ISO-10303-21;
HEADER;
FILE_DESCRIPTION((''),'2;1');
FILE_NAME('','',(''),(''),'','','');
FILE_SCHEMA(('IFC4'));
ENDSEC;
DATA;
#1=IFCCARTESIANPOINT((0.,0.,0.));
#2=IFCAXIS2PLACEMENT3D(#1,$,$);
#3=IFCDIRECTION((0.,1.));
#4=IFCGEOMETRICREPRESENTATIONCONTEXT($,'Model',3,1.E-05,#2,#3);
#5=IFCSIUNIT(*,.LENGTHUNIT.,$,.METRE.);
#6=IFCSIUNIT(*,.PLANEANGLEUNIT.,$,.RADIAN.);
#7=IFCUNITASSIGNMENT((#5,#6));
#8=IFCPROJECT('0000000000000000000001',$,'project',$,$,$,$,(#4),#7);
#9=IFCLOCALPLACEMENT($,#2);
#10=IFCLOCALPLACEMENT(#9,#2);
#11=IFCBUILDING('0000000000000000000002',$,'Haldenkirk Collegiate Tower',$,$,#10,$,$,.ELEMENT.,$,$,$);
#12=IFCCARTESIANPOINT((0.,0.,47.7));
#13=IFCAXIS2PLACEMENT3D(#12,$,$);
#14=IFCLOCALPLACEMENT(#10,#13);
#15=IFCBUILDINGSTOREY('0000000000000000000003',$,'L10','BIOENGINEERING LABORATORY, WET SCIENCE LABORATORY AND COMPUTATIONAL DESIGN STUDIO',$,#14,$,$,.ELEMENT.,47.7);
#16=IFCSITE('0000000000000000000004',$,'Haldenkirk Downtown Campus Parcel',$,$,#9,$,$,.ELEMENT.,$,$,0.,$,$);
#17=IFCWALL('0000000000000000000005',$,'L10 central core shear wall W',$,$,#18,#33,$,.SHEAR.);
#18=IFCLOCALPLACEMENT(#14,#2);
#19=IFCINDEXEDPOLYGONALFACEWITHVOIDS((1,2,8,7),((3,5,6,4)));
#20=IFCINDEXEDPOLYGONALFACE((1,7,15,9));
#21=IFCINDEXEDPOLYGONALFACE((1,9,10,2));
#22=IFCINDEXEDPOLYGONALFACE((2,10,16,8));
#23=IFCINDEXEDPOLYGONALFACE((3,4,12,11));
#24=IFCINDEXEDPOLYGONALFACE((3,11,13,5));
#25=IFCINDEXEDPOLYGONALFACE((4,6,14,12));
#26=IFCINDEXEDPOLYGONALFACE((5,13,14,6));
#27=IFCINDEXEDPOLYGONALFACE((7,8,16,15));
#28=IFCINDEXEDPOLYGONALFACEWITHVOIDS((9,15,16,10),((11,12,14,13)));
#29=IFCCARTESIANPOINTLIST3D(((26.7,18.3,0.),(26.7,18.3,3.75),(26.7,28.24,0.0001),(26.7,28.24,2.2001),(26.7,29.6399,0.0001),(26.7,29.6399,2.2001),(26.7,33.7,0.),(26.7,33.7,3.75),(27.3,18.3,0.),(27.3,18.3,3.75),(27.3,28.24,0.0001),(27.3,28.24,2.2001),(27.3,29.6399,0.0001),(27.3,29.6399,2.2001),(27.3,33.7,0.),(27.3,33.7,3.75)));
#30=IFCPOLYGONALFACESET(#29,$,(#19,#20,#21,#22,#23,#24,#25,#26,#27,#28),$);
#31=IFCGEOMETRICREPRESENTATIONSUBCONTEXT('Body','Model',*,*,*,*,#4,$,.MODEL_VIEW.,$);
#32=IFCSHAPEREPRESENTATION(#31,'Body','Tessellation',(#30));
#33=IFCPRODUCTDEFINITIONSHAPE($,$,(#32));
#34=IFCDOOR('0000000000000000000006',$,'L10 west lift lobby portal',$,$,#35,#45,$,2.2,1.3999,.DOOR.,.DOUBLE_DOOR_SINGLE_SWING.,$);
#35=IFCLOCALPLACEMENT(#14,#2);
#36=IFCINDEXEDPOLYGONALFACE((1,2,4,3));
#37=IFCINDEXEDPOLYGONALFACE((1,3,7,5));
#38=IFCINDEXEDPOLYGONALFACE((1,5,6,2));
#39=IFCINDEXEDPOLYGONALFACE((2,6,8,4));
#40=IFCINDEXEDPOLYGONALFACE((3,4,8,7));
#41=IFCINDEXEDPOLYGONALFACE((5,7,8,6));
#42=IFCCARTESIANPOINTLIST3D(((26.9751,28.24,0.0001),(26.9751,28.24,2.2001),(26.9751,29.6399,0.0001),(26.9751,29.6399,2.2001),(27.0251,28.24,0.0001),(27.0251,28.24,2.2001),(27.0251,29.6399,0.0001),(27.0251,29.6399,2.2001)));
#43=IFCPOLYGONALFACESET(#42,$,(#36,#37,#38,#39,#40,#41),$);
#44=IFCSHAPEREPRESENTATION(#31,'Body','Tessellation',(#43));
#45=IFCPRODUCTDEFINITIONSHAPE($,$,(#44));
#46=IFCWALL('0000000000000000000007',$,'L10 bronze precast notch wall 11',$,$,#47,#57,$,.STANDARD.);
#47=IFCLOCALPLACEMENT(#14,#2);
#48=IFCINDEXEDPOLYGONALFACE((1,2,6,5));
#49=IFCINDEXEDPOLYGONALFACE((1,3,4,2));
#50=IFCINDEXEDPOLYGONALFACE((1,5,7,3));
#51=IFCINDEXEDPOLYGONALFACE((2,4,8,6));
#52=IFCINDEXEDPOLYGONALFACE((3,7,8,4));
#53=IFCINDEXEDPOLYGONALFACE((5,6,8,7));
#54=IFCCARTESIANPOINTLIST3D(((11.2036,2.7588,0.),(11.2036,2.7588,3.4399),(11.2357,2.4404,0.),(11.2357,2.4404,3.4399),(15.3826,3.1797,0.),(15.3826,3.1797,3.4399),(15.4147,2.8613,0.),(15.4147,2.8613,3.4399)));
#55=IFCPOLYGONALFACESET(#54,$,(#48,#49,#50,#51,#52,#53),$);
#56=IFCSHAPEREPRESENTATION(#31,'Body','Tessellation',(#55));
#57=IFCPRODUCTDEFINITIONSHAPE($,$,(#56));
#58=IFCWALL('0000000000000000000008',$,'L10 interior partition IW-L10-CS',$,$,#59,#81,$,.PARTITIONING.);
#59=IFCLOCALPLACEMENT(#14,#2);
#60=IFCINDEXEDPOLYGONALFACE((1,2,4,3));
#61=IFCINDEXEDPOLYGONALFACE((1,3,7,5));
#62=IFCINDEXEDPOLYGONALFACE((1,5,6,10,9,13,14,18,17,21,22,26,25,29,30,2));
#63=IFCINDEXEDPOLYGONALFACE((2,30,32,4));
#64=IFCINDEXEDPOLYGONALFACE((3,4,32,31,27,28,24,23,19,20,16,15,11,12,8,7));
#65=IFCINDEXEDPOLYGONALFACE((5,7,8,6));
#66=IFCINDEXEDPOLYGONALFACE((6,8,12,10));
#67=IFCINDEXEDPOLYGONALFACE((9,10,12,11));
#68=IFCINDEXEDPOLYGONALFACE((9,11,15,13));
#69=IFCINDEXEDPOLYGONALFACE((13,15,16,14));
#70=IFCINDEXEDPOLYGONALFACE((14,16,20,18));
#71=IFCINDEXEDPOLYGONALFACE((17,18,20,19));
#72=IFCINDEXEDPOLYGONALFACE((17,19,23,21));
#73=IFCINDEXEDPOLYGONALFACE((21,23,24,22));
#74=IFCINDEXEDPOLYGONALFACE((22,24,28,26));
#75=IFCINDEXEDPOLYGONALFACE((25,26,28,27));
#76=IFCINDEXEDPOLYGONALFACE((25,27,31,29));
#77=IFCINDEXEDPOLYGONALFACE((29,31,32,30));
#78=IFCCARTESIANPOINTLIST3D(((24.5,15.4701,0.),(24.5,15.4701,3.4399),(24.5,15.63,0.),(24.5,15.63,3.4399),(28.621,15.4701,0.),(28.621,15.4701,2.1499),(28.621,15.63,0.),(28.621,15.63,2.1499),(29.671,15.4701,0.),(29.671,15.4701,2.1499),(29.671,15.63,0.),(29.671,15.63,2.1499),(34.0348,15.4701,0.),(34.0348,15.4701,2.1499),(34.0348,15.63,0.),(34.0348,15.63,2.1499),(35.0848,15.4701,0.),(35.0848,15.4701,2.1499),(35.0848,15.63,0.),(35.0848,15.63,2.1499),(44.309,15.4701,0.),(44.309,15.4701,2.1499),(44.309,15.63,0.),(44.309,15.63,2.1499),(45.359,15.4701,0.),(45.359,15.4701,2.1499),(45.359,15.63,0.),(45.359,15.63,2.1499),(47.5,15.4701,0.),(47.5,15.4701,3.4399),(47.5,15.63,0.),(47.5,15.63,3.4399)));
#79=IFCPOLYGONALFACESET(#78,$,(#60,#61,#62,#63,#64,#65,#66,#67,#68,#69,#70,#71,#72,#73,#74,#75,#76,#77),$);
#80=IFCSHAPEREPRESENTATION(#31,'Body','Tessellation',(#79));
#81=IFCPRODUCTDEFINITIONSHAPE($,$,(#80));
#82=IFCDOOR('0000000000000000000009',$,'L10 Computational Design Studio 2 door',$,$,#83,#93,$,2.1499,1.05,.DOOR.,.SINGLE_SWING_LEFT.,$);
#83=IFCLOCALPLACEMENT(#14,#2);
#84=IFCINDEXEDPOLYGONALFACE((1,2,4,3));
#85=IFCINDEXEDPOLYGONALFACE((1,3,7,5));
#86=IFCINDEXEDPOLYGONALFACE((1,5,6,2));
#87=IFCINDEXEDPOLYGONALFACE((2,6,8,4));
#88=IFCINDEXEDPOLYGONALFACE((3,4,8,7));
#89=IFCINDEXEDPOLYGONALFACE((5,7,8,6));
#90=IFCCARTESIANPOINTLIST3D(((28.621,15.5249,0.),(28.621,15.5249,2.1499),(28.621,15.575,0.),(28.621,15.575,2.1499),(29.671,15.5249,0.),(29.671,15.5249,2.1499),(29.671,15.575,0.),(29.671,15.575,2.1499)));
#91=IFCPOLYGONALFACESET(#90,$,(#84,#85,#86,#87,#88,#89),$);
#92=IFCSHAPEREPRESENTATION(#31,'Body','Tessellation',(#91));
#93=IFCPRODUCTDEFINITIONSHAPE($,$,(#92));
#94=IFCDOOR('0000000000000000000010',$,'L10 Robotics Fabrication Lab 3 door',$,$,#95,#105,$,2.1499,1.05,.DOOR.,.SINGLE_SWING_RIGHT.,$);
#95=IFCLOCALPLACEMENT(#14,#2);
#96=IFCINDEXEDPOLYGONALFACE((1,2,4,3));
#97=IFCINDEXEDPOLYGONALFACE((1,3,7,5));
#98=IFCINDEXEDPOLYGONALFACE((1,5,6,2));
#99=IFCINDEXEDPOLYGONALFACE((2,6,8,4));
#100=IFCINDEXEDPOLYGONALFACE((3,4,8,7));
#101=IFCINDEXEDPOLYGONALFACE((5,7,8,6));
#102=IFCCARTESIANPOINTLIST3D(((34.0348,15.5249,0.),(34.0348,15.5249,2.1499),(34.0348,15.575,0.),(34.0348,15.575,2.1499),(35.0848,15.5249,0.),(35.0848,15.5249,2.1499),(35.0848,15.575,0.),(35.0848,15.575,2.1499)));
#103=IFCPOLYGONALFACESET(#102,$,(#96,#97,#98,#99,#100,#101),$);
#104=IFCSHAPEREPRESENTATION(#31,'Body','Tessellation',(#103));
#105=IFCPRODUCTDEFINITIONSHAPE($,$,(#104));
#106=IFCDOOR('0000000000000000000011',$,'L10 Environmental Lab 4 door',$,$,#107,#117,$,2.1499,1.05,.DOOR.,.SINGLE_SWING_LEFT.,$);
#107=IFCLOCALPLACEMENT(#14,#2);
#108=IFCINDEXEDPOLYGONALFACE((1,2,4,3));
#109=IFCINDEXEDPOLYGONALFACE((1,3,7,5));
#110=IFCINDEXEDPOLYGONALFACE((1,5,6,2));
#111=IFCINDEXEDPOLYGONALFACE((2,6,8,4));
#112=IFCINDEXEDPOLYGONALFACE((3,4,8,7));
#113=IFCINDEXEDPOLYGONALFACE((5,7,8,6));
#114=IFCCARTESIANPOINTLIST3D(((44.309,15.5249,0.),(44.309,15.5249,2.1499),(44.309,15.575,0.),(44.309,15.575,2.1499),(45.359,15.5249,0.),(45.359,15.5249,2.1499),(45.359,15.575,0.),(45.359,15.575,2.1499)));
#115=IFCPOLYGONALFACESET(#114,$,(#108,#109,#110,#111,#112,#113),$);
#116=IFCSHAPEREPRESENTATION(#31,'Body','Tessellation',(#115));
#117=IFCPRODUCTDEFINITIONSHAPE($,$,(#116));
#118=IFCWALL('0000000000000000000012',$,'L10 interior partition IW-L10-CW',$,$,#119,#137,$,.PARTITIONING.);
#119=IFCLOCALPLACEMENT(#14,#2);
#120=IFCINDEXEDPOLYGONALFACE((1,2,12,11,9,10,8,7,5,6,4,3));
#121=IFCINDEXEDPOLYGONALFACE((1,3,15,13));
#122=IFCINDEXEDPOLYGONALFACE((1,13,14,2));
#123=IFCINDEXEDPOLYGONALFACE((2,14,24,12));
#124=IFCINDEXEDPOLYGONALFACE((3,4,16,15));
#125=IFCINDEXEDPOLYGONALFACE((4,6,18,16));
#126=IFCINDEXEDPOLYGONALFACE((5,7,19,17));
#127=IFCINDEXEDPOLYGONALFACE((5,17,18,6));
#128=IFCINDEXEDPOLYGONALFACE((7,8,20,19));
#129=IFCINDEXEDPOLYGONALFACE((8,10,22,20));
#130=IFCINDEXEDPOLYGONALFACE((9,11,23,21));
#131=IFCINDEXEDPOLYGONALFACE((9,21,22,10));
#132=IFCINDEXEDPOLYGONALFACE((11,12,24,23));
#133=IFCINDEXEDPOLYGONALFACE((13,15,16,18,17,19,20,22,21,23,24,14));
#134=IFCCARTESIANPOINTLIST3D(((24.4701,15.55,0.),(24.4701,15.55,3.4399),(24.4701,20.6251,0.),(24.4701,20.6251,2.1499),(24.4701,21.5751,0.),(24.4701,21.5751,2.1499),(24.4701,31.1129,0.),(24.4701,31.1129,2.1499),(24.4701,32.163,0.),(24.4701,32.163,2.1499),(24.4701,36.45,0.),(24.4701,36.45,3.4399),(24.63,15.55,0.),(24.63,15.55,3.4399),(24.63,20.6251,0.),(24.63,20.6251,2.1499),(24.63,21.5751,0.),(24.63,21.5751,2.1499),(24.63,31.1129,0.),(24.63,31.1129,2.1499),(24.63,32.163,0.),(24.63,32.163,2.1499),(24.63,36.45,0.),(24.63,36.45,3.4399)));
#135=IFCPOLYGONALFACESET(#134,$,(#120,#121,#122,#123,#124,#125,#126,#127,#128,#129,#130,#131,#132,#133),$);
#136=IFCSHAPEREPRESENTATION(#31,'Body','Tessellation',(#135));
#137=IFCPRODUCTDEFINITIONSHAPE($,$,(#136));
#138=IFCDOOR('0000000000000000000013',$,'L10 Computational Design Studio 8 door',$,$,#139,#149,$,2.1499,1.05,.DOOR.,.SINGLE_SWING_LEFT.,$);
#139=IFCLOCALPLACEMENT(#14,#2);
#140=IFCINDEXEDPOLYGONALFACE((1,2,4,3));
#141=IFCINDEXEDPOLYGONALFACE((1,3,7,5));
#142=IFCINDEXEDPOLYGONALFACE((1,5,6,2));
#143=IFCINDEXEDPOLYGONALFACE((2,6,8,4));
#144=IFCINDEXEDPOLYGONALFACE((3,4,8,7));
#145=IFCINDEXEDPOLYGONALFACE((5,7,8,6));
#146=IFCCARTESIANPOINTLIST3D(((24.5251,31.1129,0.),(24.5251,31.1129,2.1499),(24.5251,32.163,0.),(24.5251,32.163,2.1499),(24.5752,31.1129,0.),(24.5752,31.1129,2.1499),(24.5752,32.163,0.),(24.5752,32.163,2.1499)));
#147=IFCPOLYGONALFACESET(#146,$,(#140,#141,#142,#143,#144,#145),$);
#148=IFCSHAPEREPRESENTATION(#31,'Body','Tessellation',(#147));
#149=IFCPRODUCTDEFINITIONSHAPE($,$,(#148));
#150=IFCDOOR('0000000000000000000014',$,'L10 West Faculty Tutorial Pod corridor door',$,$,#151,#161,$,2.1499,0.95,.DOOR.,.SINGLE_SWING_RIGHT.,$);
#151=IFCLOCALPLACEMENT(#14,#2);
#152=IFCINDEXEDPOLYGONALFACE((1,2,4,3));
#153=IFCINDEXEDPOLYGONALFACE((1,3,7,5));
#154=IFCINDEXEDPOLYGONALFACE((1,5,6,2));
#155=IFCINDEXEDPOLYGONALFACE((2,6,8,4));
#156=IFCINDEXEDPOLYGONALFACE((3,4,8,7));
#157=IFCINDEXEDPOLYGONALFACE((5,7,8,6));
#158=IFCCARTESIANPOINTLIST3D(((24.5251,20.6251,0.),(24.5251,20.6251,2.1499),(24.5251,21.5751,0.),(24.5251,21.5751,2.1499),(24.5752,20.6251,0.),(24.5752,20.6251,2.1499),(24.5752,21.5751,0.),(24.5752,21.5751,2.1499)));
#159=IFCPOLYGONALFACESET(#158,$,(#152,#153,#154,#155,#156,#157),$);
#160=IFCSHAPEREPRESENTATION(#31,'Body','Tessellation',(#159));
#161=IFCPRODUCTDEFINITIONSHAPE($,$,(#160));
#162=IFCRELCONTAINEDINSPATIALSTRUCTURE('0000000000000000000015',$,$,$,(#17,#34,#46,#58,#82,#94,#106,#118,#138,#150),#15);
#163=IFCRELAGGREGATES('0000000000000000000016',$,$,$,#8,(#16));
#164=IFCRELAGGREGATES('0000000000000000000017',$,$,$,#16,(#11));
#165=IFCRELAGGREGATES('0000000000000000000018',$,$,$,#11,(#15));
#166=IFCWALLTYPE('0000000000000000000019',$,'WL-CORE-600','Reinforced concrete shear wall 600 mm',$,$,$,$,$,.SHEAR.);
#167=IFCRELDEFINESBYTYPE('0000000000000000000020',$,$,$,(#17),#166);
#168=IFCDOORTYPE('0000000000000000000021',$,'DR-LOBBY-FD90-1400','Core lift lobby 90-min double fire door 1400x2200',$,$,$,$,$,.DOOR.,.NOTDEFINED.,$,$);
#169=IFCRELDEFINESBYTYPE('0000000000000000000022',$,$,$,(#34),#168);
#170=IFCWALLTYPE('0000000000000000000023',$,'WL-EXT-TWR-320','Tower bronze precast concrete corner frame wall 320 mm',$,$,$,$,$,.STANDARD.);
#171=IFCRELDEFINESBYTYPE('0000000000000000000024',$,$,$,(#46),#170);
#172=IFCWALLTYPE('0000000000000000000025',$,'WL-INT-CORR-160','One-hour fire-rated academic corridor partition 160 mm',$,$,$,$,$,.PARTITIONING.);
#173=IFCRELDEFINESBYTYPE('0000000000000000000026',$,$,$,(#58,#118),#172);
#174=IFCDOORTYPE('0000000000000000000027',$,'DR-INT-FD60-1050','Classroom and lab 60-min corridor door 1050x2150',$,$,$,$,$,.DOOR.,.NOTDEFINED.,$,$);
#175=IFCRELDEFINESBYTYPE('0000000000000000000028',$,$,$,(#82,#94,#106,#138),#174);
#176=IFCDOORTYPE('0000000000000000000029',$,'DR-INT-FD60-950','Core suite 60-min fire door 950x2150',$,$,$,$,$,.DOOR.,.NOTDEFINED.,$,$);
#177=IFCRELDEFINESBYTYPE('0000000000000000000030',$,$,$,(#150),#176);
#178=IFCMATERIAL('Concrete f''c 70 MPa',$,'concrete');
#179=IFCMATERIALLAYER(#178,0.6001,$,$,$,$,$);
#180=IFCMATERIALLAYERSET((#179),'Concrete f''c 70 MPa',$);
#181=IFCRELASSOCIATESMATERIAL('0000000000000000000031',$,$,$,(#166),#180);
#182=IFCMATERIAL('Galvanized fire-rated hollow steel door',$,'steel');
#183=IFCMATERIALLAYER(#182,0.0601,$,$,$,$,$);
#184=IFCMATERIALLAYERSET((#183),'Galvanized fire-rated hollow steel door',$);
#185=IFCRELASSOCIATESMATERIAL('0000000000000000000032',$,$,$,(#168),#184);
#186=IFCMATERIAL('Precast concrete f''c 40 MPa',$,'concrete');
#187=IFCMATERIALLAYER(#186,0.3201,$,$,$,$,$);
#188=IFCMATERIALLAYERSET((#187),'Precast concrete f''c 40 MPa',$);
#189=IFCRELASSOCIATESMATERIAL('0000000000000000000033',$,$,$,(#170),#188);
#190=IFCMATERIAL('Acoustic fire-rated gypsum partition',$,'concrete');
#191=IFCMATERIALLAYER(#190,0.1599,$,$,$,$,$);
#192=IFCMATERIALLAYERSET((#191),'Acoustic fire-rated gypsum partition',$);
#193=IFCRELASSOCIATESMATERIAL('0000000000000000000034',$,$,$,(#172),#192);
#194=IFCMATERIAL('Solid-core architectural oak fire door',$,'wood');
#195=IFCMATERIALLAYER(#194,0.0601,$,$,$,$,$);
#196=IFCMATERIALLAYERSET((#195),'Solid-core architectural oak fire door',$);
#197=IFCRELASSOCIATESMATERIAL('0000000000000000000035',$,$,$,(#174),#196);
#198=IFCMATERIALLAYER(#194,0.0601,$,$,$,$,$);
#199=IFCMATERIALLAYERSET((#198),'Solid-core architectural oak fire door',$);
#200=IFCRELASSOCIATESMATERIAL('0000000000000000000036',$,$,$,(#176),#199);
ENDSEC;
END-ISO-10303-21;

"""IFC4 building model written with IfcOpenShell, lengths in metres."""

from ifc_helpers import new_model, si_unit, direction, frame, frame_2d, origin, place, context, subcontext, project, spatial, rectangle, extrude, material, layer, layer_set, type_object, element, fill, save


model = new_model("IFC4")

# Units and contexts
model_context = context("Model", 3, precision=1e-05, world=origin(), true_north=direction((0.0, 1.0)))
body_context = subcontext(model_context, "Body", "Model", "MODEL_VIEW")
ifc_project = project(units=[si_unit("LENGTHUNIT", "METRE"), si_unit("PLANEANGLEUNIT", "RADIAN")], contexts=[model_context])

# Site, building, storey
site_placement = place(None, origin())
site = spatial("IfcSite", under=ifc_project, at=site_placement, Name="Haldenkirk Downtown Campus Parcel", CompositionType="ELEMENT", RefElevation=0.0)
building_placement = place(site_placement, origin())
building = spatial("IfcBuilding", under=site, at=building_placement, Name="Haldenkirk Collegiate Tower", CompositionType="ELEMENT")
storey_placement = place(building_placement, frame((0.0, 0.0, 47.7)))
storey = spatial("IfcBuildingStorey", under=building, at=storey_placement, Name="L10", Description="BIOENGINEERING LABORATORY, WET SCIENCE LABORATORY AND COMPUTATIONAL DESIGN STUDIO", CompositionType="ELEMENT", Elevation=47.7)

# Shared definitions
ifc_material_1 = material(Name="Concrete f'c 70 MPa", Category="concrete")
ifc_layer_1 = layer(ifc_material_1, 0.6001)
ifc_layer_set_1 = layer_set([ifc_layer_1], Name="Concrete f'c 70 MPa")
wall_type_1 = type_object("IfcWallType", Name="WL-CORE-600", Description="Reinforced concrete shear wall 600 mm", PredefinedType="SHEAR", material=ifc_layer_set_1)
ifc_material_2 = material(Name="Galvanized fire-rated hollow steel door", Category="steel")

# Wall, opening, door
wall_1_placement = place(storey_placement, frame((27.0, 18.3, 0.0), z_axis=(0.0, 0.0, 1.0), x_axis=(0.0, 1.0, 0.0)))
wall_1 = element("IfcWall", 1, at=wall_1_placement, inside=storey, type_object=wall_type_1, Name="L10 central core shear wall W", PredefinedType="SHEAR", context=body_context, shape_type="SweptSolid", body=[
    extrude(rectangle(XDim=15.3999, YDim=0.6001, at=frame_2d((7.7, 0.0))), origin(), (0.0, 0.0, 1.0), 3.75),
])
opening_1_placement = place(wall_1_placement, frame((9.9399, 0.0, 0.0)))
opening_1 = element("IfcOpeningElement", 2, at=opening_1_placement, cuts=wall_1, PredefinedType="OPENING", context=body_context, shape_type="SweptSolid", body=[
    extrude(rectangle(XDim=1.3999, YDim=2.2, at=frame_2d((0.7, 1.1001))), frame((0.0, 0.3101, 0.0), z_axis=(0.0, -1.0, 0.0), x_axis=(1.0, 0.0, 0.0)), (0.0, 0.0, 1.0), 0.6201),
])
ifc_layer_2 = layer(ifc_material_2, 0.0601)
ifc_layer_set_2 = layer_set([ifc_layer_2], Name="Galvanized fire-rated hollow steel door")
door_type_1 = type_object("IfcDoorType", Name="DR-LOBBY-FD90-1400", Description="Core lift lobby 90-min double fire door 1400x2200", OperationType="NOTDEFINED", PredefinedType="DOOR", material=ifc_layer_set_2)
door_1_placement = place(opening_1_placement, origin())
door_1 = element("IfcDoor", 3, at=door_1_placement, inside=storey, type_object=door_type_1, Name="L10 west lift lobby portal", OperationType="DOUBLE_DOOR_SINGLE_SWING", OverallHeight=2.2, OverallWidth=1.3999, PredefinedType="DOOR", context=body_context, shape_type="SweptSolid", body=[
    extrude(rectangle(XDim=1.3999, YDim=2.2, at=frame_2d((0.7, 1.1001))), frame((0.0, 0.0249, 0.0), z_axis=(0.0, -1.0, 0.0), x_axis=(1.0, 0.0, 0.0)), (0.0, 0.0, 1.0), 0.05),
])
fill(opening_1, door_1)

# Wall
ifc_material_3 = material(Name="Precast concrete f'c 40 MPa", Category="concrete")
ifc_layer_3 = layer(ifc_material_3, 0.3201)
ifc_layer_set_3 = layer_set([ifc_layer_3], Name="Precast concrete f'c 40 MPa")
wall_type_2 = type_object("IfcWallType", Name="WL-EXT-TWR-320", Description="Tower bronze precast concrete corner frame wall 320 mm", PredefinedType="STANDARD", material=ifc_layer_set_3)
wall_2_placement = place(storey_placement, frame((15.3987, 3.0205, 0.0), z_axis=(0.0, 0.0, 1.0), x_axis=(-0.994966, -0.100212, 0.0)))
element("IfcWall", 4, at=wall_2_placement, inside=storey, type_object=wall_type_2, Name="L10 bronze precast notch wall 11", PredefinedType="STANDARD", context=body_context, shape_type="SweptSolid", body=[
    extrude(rectangle(XDim=4.2002, YDim=0.3201, at=frame_2d((2.1001, 0.0))), origin(), (0.0, 0.0, 1.0), 3.4399),
])

# Walls, openings, doors
ifc_material_4 = material(Name="Acoustic fire-rated gypsum partition", Category="concrete")
ifc_layer_4 = layer(ifc_material_4, 0.1599)
ifc_layer_set_4 = layer_set([ifc_layer_4], Name="Acoustic fire-rated gypsum partition")
wall_type_3 = type_object("IfcWallType", Name="WL-INT-CORR-160", Description="One-hour fire-rated academic corridor partition 160 mm", PredefinedType="PARTITIONING", material=ifc_layer_set_4)
wall_3_placement = place(storey_placement, frame((24.5, 15.55, 0.0), z_axis=(0.0, 0.0, 1.0), x_axis=(1.0, 0.0, 0.0)))
wall_3 = element("IfcWall", 5, at=wall_3_placement, inside=storey, type_object=wall_type_3, Name="L10 interior partition IW-L10-CS", PredefinedType="PARTITIONING", context=body_context, shape_type="SweptSolid", body=[
    extrude(rectangle(XDim=23.0, YDim=0.1599, at=frame_2d((11.5, 0.0))), origin(), (0.0, 0.0, 1.0), 3.4399),
])
opening_2_placement = place(wall_3_placement, frame((4.1211, 0.0, 0.0)))
opening_2 = element("IfcOpeningElement", 6, at=opening_2_placement, cuts=wall_3, PredefinedType="OPENING", context=body_context, shape_type="SweptSolid", body=[
    extrude(rectangle(XDim=1.05, YDim=2.1499, at=frame_2d((0.5249, 1.075))), frame((0.0, 0.0898, 0.0), z_axis=(0.0, -1.0, 0.0), x_axis=(1.0, 0.0, 0.0)), (0.0, 0.0, 1.0), 0.1799),
])
opening_3_placement = place(wall_3_placement, frame((9.5349, 0.0, 0.0)))
opening_3 = element("IfcOpeningElement", 7, at=opening_3_placement, cuts=wall_3, PredefinedType="OPENING", context=body_context, shape_type="SweptSolid", body=[
    extrude(rectangle(XDim=1.05, YDim=2.1499, at=frame_2d((0.5249, 1.075))), frame((0.0, 0.0898, 0.0), z_axis=(0.0, -1.0, 0.0), x_axis=(1.0, 0.0, 0.0)), (0.0, 0.0, 1.0), 0.1799),
])
opening_4_placement = place(wall_3_placement, frame((19.8091, 0.0, 0.0)))
opening_4 = element("IfcOpeningElement", 8, at=opening_4_placement, cuts=wall_3, PredefinedType="OPENING", context=body_context, shape_type="SweptSolid", body=[
    extrude(rectangle(XDim=1.05, YDim=2.1499, at=frame_2d((0.5249, 1.075))), frame((0.0, 0.0898, 0.0), z_axis=(0.0, -1.0, 0.0), x_axis=(1.0, 0.0, 0.0)), (0.0, 0.0, 1.0), 0.1799),
])
ifc_material_5 = material(Name="Solid-core architectural oak fire door", Category="wood")
ifc_layer_5 = layer(ifc_material_5, 0.0601)
ifc_layer_set_5 = layer_set([ifc_layer_5], Name="Solid-core architectural oak fire door")
door_type_2 = type_object("IfcDoorType", Name="DR-INT-FD60-1050", Description="Classroom and lab 60-min corridor door 1050x2150", OperationType="NOTDEFINED", PredefinedType="DOOR", material=ifc_layer_set_5)
door_2_placement = place(opening_2_placement, origin())
door_2 = element("IfcDoor", 9, at=door_2_placement, inside=storey, type_object=door_type_2, Name="L10 Computational Design Studio 2 door", OperationType="SINGLE_SWING_LEFT", OverallHeight=2.1499, OverallWidth=1.05, PredefinedType="DOOR", context=body_context, shape_type="SweptSolid", body=[
    extrude(rectangle(XDim=1.05, YDim=2.1499, at=frame_2d((0.5249, 1.075))), frame((0.0, 0.0249, 0.0), z_axis=(0.0, -1.0, 0.0), x_axis=(1.0, 0.0, 0.0)), (0.0, 0.0, 1.0), 0.05),
])
fill(opening_2, door_2)
door_3_placement = place(opening_3_placement, origin())
door_3 = element("IfcDoor", 10, at=door_3_placement, inside=storey, type_object=door_type_2, Name="L10 Robotics Fabrication Lab 3 door", OperationType="SINGLE_SWING_RIGHT", OverallHeight=2.1499, OverallWidth=1.05, PredefinedType="DOOR", context=body_context, shape_type="SweptSolid", body=[
    extrude(rectangle(XDim=1.05, YDim=2.1499, at=frame_2d((0.5249, 1.075))), frame((0.0, 0.0249, 0.0), z_axis=(0.0, -1.0, 0.0), x_axis=(1.0, 0.0, 0.0)), (0.0, 0.0, 1.0), 0.05),
])
fill(opening_3, door_3)
door_4_placement = place(opening_4_placement, origin())
door_4 = element("IfcDoor", 11, at=door_4_placement, inside=storey, type_object=door_type_2, Name="L10 Environmental Lab 4 door", OperationType="SINGLE_SWING_LEFT", OverallHeight=2.1499, OverallWidth=1.05, PredefinedType="DOOR", context=body_context, shape_type="SweptSolid", body=[
    extrude(rectangle(XDim=1.05, YDim=2.1499, at=frame_2d((0.5249, 1.075))), frame((0.0, 0.0249, 0.0), z_axis=(0.0, -1.0, 0.0), x_axis=(1.0, 0.0, 0.0)), (0.0, 0.0, 1.0), 0.05),
])
fill(opening_4, door_4)
wall_4_placement = place(storey_placement, frame((24.55, 15.55, 0.0), z_axis=(0.0, 0.0, 1.0), x_axis=(0.0, 1.0, 0.0)))
wall_4 = element("IfcWall", 12, at=wall_4_placement, inside=storey, type_object=wall_type_3, Name="L10 interior partition IW-L10-CW", PredefinedType="PARTITIONING", context=body_context, shape_type="SweptSolid", body=[
    extrude(rectangle(XDim=20.8999, YDim=0.1599, at=frame_2d((10.45, 0.0))), origin(), (0.0, 0.0, 1.0), 3.4399),
])
opening_5_placement = place(wall_4_placement, frame((5.075, 0.0, 0.0)))
opening_5 = element("IfcOpeningElement", 13, at=opening_5_placement, cuts=wall_4, PredefinedType="OPENING", context=body_context, shape_type="SweptSolid", body=[
    extrude(rectangle(XDim=0.95, YDim=2.1499, at=frame_2d((0.4751, 1.075))), frame((0.0, 0.0898, 0.0), z_axis=(0.0, -1.0, 0.0), x_axis=(1.0, 0.0, 0.0)), (0.0, 0.0, 1.0), 0.1799),
])
opening_6_placement = place(wall_4_placement, frame((15.563, 0.0, 0.0)))
opening_6 = element("IfcOpeningElement", 14, at=opening_6_placement, cuts=wall_4, PredefinedType="OPENING", context=body_context, shape_type="SweptSolid", body=[
    extrude(rectangle(XDim=1.05, YDim=2.1499, at=frame_2d((0.5249, 1.075))), frame((0.0, 0.0898, 0.0), z_axis=(0.0, -1.0, 0.0), x_axis=(1.0, 0.0, 0.0)), (0.0, 0.0, 1.0), 0.1799),
])
door_5_placement = place(opening_6_placement, origin())
door_5 = element("IfcDoor", 15, at=door_5_placement, inside=storey, type_object=door_type_2, Name="L10 Computational Design Studio 8 door", OperationType="SINGLE_SWING_LEFT", OverallHeight=2.1499, OverallWidth=1.05, PredefinedType="DOOR", context=body_context, shape_type="SweptSolid", body=[
    extrude(rectangle(XDim=1.05, YDim=2.1499, at=frame_2d((0.5249, 1.075))), frame((0.0, 0.0249, 0.0), z_axis=(0.0, -1.0, 0.0), x_axis=(1.0, 0.0, 0.0)), (0.0, 0.0, 1.0), 0.05),
])
fill(opening_6, door_5)
ifc_layer_6 = layer(ifc_material_5, 0.0601)
ifc_layer_set_6 = layer_set([ifc_layer_6], Name="Solid-core architectural oak fire door")
door_type_3 = type_object("IfcDoorType", Name="DR-INT-FD60-950", Description="Core suite 60-min fire door 950x2150", OperationType="NOTDEFINED", PredefinedType="DOOR", material=ifc_layer_set_6)
door_6_placement = place(opening_5_placement, origin())
door_6 = element("IfcDoor", 16, at=door_6_placement, inside=storey, type_object=door_type_3, Name="L10 West Faculty Tutorial Pod corridor door", OperationType="SINGLE_SWING_RIGHT", OverallHeight=2.1499, OverallWidth=0.95, PredefinedType="DOOR", context=body_context, shape_type="SweptSolid", body=[
    extrude(rectangle(XDim=0.95, YDim=2.1499, at=frame_2d((0.4751, 1.075))), frame((0.0, 0.0249, 0.0), z_axis=(0.0, -1.0, 0.0), x_axis=(1.0, 0.0, 0.0)), (0.0, 0.0, 1.0), 0.05),
])
fill(opening_5, door_6)

save(model, "model.ifc")
